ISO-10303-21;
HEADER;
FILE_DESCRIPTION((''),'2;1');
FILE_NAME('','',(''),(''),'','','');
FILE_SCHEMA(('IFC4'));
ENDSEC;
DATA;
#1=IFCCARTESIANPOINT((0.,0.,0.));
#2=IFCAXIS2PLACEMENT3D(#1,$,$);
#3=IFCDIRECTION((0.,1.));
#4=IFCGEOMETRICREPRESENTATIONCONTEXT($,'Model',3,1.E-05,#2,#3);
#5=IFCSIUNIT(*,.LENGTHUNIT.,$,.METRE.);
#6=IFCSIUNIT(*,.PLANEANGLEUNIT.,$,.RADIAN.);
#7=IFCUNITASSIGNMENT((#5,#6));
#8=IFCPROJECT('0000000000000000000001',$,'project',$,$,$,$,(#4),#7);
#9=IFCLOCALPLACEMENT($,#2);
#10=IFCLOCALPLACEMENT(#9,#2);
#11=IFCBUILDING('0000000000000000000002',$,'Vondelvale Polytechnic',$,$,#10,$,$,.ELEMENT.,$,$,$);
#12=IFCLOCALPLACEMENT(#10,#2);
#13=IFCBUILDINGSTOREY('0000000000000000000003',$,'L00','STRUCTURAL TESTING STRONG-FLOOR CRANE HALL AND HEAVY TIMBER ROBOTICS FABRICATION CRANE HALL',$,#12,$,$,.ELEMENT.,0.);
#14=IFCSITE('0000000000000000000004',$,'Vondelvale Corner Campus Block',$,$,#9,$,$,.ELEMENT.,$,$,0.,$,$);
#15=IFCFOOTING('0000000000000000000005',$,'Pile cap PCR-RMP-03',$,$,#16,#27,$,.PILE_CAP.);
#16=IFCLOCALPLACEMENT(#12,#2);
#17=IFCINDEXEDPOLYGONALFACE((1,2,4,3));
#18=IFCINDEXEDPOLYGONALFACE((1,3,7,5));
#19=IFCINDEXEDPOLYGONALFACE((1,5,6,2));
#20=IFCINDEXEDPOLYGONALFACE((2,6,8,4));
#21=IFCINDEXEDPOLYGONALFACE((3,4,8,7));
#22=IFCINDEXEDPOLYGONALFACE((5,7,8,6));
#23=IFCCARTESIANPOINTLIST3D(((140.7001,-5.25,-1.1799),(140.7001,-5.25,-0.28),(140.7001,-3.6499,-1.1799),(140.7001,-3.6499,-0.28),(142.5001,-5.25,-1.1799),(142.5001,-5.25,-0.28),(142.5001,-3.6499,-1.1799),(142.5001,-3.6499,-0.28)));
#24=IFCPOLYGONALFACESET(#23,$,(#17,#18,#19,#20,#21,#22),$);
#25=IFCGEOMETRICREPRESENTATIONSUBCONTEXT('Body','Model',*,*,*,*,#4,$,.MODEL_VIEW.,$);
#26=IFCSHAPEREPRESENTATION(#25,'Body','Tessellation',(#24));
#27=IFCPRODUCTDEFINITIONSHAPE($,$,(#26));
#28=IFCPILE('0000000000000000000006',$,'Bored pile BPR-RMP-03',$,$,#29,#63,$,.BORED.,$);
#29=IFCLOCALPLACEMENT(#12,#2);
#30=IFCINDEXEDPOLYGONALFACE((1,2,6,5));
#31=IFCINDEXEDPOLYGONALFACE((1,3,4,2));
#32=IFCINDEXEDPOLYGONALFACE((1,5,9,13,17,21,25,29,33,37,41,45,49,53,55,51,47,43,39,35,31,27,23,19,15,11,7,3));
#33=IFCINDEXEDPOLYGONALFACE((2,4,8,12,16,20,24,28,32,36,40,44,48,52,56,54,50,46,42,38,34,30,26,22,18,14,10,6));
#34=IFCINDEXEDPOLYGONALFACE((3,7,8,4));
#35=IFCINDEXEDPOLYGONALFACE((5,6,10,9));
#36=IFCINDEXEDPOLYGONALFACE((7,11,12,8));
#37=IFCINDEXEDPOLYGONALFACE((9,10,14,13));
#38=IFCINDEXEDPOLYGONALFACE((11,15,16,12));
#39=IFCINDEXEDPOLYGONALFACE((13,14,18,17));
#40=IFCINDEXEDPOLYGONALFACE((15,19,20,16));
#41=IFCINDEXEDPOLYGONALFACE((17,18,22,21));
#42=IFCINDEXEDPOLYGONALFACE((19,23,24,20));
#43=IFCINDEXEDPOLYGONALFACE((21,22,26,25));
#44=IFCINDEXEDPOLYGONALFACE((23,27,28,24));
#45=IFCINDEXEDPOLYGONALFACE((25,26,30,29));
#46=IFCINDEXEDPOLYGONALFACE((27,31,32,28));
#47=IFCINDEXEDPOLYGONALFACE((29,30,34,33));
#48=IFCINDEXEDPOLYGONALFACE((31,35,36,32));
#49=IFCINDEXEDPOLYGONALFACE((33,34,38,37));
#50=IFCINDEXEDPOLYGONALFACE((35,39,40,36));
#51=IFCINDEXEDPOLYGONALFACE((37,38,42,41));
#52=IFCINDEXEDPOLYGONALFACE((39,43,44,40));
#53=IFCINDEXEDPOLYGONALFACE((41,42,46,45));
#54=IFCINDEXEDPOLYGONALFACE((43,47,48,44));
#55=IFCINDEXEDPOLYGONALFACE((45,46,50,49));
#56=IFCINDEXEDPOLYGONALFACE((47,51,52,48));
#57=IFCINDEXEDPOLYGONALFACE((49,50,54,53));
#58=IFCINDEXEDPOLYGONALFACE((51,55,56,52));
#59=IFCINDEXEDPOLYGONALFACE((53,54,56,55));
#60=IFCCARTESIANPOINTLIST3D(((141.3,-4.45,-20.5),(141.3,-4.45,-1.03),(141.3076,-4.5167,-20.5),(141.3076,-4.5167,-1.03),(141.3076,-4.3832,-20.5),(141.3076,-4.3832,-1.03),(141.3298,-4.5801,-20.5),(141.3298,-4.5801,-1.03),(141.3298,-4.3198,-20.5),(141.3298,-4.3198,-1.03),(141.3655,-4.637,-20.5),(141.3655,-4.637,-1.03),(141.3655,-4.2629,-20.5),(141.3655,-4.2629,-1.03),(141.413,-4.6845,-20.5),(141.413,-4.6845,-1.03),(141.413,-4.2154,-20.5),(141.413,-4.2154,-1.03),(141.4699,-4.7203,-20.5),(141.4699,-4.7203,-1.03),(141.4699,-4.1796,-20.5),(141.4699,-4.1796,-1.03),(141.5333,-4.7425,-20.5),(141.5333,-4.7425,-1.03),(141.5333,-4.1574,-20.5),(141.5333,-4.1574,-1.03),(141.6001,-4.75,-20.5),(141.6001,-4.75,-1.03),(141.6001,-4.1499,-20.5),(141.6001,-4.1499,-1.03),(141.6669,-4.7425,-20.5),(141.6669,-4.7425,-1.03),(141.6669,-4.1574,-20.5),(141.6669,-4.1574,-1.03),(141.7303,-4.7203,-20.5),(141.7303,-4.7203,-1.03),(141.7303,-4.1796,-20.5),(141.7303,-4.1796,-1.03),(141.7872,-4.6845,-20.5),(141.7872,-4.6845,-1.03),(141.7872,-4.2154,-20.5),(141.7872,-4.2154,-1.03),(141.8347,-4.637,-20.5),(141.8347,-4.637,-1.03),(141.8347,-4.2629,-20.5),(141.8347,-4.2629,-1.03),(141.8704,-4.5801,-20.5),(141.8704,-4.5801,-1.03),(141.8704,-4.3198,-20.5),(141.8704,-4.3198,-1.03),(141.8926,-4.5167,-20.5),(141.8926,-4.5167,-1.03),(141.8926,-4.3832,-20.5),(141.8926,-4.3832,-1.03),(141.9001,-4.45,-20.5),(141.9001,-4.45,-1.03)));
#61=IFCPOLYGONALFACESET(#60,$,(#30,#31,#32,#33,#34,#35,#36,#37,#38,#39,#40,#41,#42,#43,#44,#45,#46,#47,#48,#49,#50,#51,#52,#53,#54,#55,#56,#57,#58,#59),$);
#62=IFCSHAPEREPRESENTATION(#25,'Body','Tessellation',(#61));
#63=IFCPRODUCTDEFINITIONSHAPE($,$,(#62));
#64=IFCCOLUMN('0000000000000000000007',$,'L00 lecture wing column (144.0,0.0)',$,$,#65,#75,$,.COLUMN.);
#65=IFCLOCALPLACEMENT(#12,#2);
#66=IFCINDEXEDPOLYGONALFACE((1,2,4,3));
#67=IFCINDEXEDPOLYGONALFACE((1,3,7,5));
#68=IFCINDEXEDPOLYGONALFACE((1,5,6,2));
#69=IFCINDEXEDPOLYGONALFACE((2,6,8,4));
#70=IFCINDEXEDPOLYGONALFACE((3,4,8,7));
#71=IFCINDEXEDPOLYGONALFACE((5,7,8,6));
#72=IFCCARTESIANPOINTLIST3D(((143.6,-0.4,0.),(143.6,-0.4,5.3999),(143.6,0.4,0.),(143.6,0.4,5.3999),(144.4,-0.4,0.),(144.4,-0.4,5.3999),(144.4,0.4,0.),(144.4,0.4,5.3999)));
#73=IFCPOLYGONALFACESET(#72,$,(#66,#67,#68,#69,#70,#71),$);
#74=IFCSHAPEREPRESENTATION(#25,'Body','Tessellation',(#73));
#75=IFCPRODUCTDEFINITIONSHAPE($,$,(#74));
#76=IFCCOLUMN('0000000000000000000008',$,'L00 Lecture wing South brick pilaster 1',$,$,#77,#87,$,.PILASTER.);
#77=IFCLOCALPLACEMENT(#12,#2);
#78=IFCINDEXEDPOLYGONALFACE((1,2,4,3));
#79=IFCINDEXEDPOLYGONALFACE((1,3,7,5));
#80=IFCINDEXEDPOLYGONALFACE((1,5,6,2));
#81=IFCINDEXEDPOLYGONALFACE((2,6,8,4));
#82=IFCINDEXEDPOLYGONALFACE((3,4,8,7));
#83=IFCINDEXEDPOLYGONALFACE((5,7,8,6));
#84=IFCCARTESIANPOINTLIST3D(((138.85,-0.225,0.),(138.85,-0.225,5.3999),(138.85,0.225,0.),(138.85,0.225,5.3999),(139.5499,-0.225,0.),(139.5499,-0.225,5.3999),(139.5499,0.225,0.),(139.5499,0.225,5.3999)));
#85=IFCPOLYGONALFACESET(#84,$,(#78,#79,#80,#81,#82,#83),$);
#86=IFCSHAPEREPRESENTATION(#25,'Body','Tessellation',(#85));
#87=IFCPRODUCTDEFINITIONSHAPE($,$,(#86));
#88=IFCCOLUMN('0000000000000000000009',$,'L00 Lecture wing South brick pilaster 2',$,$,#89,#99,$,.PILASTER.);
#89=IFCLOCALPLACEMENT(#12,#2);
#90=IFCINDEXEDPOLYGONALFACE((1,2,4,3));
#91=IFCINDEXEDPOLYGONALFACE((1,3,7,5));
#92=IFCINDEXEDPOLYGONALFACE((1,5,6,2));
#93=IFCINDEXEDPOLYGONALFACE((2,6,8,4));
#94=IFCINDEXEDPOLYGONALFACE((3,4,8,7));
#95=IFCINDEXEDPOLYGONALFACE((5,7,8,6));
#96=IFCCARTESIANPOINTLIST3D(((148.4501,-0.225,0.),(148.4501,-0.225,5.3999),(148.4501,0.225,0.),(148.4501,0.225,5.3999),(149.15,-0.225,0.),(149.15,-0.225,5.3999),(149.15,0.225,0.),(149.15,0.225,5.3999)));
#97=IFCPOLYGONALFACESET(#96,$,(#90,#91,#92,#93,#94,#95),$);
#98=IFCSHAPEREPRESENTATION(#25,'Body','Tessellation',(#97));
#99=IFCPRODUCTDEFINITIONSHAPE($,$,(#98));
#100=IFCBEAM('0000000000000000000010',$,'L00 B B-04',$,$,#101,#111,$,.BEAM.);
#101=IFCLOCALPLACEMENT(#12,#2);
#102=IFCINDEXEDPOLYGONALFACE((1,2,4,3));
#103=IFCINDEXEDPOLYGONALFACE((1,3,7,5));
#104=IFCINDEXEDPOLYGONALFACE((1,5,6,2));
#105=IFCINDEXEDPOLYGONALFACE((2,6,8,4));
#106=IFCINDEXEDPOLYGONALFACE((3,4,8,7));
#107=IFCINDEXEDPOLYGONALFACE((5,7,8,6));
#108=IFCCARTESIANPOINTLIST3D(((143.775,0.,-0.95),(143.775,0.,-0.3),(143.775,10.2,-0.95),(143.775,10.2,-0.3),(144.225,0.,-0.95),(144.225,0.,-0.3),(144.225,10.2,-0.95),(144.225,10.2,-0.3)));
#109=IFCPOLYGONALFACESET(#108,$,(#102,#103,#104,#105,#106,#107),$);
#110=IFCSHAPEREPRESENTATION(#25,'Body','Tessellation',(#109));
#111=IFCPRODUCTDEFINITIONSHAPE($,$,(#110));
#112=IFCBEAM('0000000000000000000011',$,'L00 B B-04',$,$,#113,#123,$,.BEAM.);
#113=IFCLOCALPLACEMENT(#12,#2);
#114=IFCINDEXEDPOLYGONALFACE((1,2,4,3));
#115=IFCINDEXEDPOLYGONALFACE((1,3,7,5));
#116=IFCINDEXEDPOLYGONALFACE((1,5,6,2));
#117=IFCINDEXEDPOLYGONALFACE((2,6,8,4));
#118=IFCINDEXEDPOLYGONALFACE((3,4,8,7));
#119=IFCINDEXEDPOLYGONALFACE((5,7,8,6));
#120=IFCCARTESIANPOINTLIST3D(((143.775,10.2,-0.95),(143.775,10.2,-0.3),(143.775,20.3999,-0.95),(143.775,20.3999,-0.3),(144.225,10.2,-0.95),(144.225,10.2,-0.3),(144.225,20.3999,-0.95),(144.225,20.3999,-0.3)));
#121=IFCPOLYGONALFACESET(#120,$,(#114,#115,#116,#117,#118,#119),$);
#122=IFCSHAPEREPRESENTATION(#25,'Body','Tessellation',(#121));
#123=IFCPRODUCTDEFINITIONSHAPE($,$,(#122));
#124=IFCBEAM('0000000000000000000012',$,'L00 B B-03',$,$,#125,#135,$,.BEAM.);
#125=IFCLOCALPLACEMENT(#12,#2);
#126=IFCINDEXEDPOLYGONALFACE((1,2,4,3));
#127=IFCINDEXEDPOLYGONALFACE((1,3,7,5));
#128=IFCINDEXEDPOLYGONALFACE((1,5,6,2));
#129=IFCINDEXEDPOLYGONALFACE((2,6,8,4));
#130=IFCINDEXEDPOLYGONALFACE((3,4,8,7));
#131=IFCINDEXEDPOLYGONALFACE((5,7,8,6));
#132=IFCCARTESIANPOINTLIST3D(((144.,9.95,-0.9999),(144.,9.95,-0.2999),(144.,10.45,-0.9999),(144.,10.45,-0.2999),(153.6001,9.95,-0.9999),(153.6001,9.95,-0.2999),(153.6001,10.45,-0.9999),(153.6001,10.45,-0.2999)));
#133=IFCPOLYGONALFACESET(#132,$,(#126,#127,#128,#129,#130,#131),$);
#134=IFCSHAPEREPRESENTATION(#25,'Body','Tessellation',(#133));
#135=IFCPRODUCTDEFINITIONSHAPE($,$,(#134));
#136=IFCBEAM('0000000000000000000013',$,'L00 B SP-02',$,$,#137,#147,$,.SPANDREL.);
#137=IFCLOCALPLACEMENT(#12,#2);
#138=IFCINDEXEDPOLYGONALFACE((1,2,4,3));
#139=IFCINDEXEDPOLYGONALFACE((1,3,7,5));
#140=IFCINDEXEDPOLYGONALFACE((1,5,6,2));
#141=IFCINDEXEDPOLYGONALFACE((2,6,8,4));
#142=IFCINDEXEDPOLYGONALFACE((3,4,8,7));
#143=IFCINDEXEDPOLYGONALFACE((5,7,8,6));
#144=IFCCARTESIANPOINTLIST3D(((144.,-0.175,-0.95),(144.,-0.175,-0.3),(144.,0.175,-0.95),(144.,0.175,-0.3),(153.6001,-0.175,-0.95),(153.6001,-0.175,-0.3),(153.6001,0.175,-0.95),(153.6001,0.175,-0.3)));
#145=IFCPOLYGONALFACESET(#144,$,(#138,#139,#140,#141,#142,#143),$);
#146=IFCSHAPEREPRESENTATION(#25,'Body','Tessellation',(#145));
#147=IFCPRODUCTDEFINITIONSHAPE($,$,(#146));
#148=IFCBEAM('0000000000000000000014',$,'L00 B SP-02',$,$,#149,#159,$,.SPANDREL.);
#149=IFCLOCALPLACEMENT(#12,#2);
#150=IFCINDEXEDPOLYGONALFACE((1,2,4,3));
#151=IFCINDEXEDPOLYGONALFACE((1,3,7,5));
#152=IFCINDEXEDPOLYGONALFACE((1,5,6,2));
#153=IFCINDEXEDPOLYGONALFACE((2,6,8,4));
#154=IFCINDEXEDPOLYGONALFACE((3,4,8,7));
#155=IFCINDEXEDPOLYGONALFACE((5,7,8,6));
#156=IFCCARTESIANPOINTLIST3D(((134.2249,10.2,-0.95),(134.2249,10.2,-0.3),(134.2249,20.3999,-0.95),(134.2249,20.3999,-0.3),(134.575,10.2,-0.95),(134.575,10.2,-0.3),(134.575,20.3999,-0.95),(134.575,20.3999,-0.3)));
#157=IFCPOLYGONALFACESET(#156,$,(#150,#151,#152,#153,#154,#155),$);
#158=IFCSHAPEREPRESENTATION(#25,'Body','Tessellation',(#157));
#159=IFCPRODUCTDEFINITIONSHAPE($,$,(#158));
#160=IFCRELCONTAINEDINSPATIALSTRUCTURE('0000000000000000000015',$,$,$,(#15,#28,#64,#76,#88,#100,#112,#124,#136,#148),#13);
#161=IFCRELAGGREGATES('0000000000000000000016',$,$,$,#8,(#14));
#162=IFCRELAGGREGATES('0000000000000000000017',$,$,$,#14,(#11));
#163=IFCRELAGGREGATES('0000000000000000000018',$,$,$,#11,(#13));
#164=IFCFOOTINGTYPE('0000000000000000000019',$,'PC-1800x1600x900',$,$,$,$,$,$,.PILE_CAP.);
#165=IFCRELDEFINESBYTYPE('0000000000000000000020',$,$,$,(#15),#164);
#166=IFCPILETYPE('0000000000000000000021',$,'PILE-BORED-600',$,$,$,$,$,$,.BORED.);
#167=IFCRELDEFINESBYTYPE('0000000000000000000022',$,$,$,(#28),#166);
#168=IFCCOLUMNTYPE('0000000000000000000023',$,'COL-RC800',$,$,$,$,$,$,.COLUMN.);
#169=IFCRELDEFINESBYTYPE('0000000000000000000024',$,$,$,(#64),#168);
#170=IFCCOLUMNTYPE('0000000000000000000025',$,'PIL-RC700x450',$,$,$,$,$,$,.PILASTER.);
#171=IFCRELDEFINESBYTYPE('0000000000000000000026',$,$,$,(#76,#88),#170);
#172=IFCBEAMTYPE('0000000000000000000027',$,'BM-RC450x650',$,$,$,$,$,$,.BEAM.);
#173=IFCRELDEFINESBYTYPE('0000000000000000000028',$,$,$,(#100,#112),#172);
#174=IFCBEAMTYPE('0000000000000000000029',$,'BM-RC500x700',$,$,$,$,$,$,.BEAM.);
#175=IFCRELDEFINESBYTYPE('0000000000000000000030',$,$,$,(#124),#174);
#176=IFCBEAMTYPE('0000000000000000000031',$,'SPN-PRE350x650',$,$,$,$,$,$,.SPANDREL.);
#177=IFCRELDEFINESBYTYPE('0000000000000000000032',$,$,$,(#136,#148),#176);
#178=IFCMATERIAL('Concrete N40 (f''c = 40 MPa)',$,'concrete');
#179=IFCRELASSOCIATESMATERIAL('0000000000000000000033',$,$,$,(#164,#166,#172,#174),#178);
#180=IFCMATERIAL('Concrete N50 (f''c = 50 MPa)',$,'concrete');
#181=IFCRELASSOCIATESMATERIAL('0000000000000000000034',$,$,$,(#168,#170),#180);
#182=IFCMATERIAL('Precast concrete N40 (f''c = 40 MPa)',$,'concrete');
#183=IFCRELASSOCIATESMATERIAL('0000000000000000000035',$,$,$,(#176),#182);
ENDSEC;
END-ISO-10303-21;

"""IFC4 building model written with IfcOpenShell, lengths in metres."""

from ifc_helpers import new_model, si_unit, direction, frame, origin, origin_2d, place, context, subcontext, project, spatial, rectangle, circle, extrude, material, material_profile, profile_set, type_object, element, save


model = new_model("IFC4")

# Units and contexts
model_context = context("Model", 3, precision=1e-05, world=origin(), true_north=direction((0.0, 1.0)))
body_context = subcontext(model_context, "Body", "Model", "MODEL_VIEW")
ifc_project = project(units=[si_unit("LENGTHUNIT", "METRE"), si_unit("PLANEANGLEUNIT", "RADIAN")], contexts=[model_context])

# Site, building, storey
site_placement = place(None, origin())
site = spatial("IfcSite", under=ifc_project, at=site_placement, Name="Vondelvale Corner Campus Block", CompositionType="ELEMENT", RefElevation=0.0)
building_placement = place(site_placement, origin())
building = spatial("IfcBuilding", under=site, at=building_placement, Name="Vondelvale Polytechnic", CompositionType="ELEMENT")
storey_placement = place(building_placement, origin())
storey = spatial("IfcBuildingStorey", under=building, at=storey_placement, Name="L00", Description="STRUCTURAL TESTING STRONG-FLOOR CRANE HALL AND HEAVY TIMBER ROBOTICS FABRICATION CRANE HALL", CompositionType="ELEMENT", Elevation=0.0)

# Footing
ifc_material_1 = material(Name="Concrete N40 (f'c = 40 MPa)", Category="concrete")
footing_type = type_object("IfcFootingType", Name="PC-1800x1600x900", PredefinedType="PILE_CAP", material=ifc_material_1)
footing_placement = place(storey_placement, frame((141.6001, -4.45, -1.1799), z_axis=(0.0, 0.0, 1.0), x_axis=(1.0, 0.0, 0.0)))
element("IfcFooting", 1, at=footing_placement, inside=storey, type_object=footing_type, Name="Pile cap PCR-RMP-03", PredefinedType="PILE_CAP", context=body_context, shape_type="SweptSolid", body=[
    extrude(rectangle(XDim=1.8, YDim=1.6001, at=origin_2d()), origin(), (0.0, 0.0, 1.0), 0.8999),
])

# Pile
ifc_material_profile_1 = material_profile(ifc_material_1, circle(Radius=0.3, at=origin_2d()), Name="PILE-D600")
ifc_profile_set_1 = profile_set([ifc_material_profile_1], Name="Concrete N40 (f'c = 40 MPa)")
pile_type = type_object("IfcPileType", Name="PILE-BORED-600", PredefinedType="BORED", material=ifc_profile_set_1)
pile_placement = place(storey_placement, frame((141.6001, -4.45, -1.03), z_axis=(0.0, 0.0, -1.0), x_axis=(1.0, 0.0, 0.0)))
element("IfcPile", 2, at=pile_placement, inside=storey, type_object=pile_type, Name="Bored pile BPR-RMP-03", PredefinedType="BORED", context=body_context, shape_type="SweptSolid", body=[
    extrude(circle(Radius=0.3, at=origin_2d()), origin(), (0.0, 0.0, 1.0), 19.47),
])

# Columns
ifc_material_2 = material(Name="Concrete N50 (f'c = 50 MPa)", Category="concrete")
ifc_material_profile_2 = material_profile(ifc_material_2, rectangle(XDim=0.8, YDim=0.8, at=origin_2d()), Name="RC-COL-800x800")
ifc_profile_set_2 = profile_set([ifc_material_profile_2], Name="Concrete N50 (f'c = 50 MPa)")
column_type_1 = type_object("IfcColumnType", Name="COL-RC800", PredefinedType="COLUMN", material=ifc_profile_set_2)
column_placement = place(storey_placement, frame((144.0, 0.0, 0.0), z_axis=(0.0, 0.0, 1.0), x_axis=(1.0, 0.0, 0.0)))
element("IfcColumn", 3, at=column_placement, inside=storey, type_object=column_type_1, Name="L00 lecture wing column (144.0,0.0)", PredefinedType="COLUMN", context=body_context, shape_type="SweptSolid", body=[
    extrude(rectangle(XDim=0.8, YDim=0.8, at=origin_2d()), origin(), (0.0, 0.0, 1.0), 5.3999),
])
ifc_material_profile_3 = material_profile(ifc_material_2, rectangle(XDim=0.45, YDim=0.7, at=origin_2d()), Name="RC-PIL-700x450")
ifc_profile_set_3 = profile_set([ifc_material_profile_3], Name="Concrete N50 (f'c = 50 MPa)")
column_type_2 = type_object("IfcColumnType", Name="PIL-RC700x450", PredefinedType="PILASTER", material=ifc_profile_set_3)
for number, where, z_axis, x_axis, name in (
    (4, (139.2, 0.0, 0.0), (0.0, 0.0, 1.0), (0.0, 1.0, 0.0), "L00 Lecture wing South brick pilaster 1"),
    (5, (148.8, 0.0, 0.0), (0.0, 0.0, 1.0), (0.0, 1.0, 0.0), "L00 Lecture wing South brick pilaster 2"),
):
    element("IfcColumn", number, at=place(storey_placement, frame(where, z_axis=z_axis, x_axis=x_axis)), inside=storey, type_object=column_type_2, Name=name, PredefinedType="PILASTER", context=body_context, shape_type="SweptSolid", body=[
        extrude(rectangle(XDim=0.45, YDim=0.7, at=origin_2d()), origin(), (0.0, 0.0, 1.0), 5.3999),
    ])

# Beams
ifc_material_profile_4 = material_profile(ifc_material_1, rectangle(XDim=0.45, YDim=0.6499, at=origin_2d()), Name="RC-BM-450x650")
ifc_profile_set_4 = profile_set([ifc_material_profile_4], Name="Concrete N40 (f'c = 40 MPa)")
beam_type_1 = type_object("IfcBeamType", Name="BM-RC450x650", PredefinedType="BEAM", material=ifc_profile_set_4)
for number, where, z_axis, x_axis, name in (
    (6, (144.0, 0.0, -0.625), (0.0, 1.0, 0.0), (-1.0, 0.0, 0.0), "L00 B B-04"),
    (7, (144.0, 10.2, -0.625), (0.0, 1.0, 0.0), (-1.0, 0.0, 0.0), "L00 B B-04"),
):
    element("IfcBeam", number, at=place(storey_placement, frame(where, z_axis=z_axis, x_axis=x_axis)), inside=storey, type_object=beam_type_1, Name=name, PredefinedType="BEAM", context=body_context, shape_type="SweptSolid", body=[
        extrude(rectangle(XDim=0.45, YDim=0.6499, at=origin_2d()), origin(), (0.0, 0.0, 1.0), 10.2),
    ])
ifc_material_profile_5 = material_profile(ifc_material_1, rectangle(XDim=0.5, YDim=0.7, at=origin_2d()), Name="RC-BM-500x700")
ifc_profile_set_5 = profile_set([ifc_material_profile_5], Name="Concrete N40 (f'c = 40 MPa)")
beam_type_2 = type_object("IfcBeamType", Name="BM-RC500x700", PredefinedType="BEAM", material=ifc_profile_set_5)
beam_1_placement = place(storey_placement, frame((144.0, 10.2, -0.6499), z_axis=(1.0, 0.0, 0.0), x_axis=(0.0, 1.0, 0.0)))
element("IfcBeam", 8, at=beam_1_placement, inside=storey, type_object=beam_type_2, Name="L00 B B-03", PredefinedType="BEAM", context=body_context, shape_type="SweptSolid", body=[
    extrude(rectangle(XDim=0.5, YDim=0.7, at=origin_2d()), origin(), (0.0, 0.0, 1.0), 9.6001),
])
ifc_material_3 = material(Name="Precast concrete N40 (f'c = 40 MPa)", Category="concrete")
ifc_material_profile_6 = material_profile(ifc_material_3, rectangle(XDim=0.3501, YDim=0.6499, at=origin_2d()), Name="RC-SPN-350x650")
ifc_profile_set_6 = profile_set([ifc_material_profile_6], Name="Precast concrete N40 (f'c = 40 MPa)")
beam_type_3 = type_object("IfcBeamType", Name="SPN-PRE350x650", PredefinedType="SPANDREL", material=ifc_profile_set_6)
beam_2_placement = place(storey_placement, frame((144.0, 0.0, -0.625), z_axis=(1.0, 0.0, 0.0), x_axis=(0.0, 1.0, 0.0)))
element("IfcBeam", 9, at=beam_2_placement, inside=storey, type_object=beam_type_3, Name="L00 B SP-02", PredefinedType="SPANDREL", context=body_context, shape_type="SweptSolid", body=[
    extrude(rectangle(XDim=0.3501, YDim=0.6499, at=origin_2d()), origin(), (0.0, 0.0, 1.0), 9.6001),
])
beam_3_placement = place(storey_placement, frame((134.3999, 10.2, -0.625), z_axis=(0.0, 1.0, 0.0), x_axis=(-1.0, 0.0, 0.0)))
element("IfcBeam", 10, at=beam_3_placement, inside=storey, type_object=beam_type_3, Name="L00 B SP-02", PredefinedType="SPANDREL", context=body_context, shape_type="SweptSolid", body=[
    extrude(rectangle(XDim=0.3501, YDim=0.6499, at=origin_2d()), origin(), (0.0, 0.0, 1.0), 10.2),
])

save(model, "model.ifc")
